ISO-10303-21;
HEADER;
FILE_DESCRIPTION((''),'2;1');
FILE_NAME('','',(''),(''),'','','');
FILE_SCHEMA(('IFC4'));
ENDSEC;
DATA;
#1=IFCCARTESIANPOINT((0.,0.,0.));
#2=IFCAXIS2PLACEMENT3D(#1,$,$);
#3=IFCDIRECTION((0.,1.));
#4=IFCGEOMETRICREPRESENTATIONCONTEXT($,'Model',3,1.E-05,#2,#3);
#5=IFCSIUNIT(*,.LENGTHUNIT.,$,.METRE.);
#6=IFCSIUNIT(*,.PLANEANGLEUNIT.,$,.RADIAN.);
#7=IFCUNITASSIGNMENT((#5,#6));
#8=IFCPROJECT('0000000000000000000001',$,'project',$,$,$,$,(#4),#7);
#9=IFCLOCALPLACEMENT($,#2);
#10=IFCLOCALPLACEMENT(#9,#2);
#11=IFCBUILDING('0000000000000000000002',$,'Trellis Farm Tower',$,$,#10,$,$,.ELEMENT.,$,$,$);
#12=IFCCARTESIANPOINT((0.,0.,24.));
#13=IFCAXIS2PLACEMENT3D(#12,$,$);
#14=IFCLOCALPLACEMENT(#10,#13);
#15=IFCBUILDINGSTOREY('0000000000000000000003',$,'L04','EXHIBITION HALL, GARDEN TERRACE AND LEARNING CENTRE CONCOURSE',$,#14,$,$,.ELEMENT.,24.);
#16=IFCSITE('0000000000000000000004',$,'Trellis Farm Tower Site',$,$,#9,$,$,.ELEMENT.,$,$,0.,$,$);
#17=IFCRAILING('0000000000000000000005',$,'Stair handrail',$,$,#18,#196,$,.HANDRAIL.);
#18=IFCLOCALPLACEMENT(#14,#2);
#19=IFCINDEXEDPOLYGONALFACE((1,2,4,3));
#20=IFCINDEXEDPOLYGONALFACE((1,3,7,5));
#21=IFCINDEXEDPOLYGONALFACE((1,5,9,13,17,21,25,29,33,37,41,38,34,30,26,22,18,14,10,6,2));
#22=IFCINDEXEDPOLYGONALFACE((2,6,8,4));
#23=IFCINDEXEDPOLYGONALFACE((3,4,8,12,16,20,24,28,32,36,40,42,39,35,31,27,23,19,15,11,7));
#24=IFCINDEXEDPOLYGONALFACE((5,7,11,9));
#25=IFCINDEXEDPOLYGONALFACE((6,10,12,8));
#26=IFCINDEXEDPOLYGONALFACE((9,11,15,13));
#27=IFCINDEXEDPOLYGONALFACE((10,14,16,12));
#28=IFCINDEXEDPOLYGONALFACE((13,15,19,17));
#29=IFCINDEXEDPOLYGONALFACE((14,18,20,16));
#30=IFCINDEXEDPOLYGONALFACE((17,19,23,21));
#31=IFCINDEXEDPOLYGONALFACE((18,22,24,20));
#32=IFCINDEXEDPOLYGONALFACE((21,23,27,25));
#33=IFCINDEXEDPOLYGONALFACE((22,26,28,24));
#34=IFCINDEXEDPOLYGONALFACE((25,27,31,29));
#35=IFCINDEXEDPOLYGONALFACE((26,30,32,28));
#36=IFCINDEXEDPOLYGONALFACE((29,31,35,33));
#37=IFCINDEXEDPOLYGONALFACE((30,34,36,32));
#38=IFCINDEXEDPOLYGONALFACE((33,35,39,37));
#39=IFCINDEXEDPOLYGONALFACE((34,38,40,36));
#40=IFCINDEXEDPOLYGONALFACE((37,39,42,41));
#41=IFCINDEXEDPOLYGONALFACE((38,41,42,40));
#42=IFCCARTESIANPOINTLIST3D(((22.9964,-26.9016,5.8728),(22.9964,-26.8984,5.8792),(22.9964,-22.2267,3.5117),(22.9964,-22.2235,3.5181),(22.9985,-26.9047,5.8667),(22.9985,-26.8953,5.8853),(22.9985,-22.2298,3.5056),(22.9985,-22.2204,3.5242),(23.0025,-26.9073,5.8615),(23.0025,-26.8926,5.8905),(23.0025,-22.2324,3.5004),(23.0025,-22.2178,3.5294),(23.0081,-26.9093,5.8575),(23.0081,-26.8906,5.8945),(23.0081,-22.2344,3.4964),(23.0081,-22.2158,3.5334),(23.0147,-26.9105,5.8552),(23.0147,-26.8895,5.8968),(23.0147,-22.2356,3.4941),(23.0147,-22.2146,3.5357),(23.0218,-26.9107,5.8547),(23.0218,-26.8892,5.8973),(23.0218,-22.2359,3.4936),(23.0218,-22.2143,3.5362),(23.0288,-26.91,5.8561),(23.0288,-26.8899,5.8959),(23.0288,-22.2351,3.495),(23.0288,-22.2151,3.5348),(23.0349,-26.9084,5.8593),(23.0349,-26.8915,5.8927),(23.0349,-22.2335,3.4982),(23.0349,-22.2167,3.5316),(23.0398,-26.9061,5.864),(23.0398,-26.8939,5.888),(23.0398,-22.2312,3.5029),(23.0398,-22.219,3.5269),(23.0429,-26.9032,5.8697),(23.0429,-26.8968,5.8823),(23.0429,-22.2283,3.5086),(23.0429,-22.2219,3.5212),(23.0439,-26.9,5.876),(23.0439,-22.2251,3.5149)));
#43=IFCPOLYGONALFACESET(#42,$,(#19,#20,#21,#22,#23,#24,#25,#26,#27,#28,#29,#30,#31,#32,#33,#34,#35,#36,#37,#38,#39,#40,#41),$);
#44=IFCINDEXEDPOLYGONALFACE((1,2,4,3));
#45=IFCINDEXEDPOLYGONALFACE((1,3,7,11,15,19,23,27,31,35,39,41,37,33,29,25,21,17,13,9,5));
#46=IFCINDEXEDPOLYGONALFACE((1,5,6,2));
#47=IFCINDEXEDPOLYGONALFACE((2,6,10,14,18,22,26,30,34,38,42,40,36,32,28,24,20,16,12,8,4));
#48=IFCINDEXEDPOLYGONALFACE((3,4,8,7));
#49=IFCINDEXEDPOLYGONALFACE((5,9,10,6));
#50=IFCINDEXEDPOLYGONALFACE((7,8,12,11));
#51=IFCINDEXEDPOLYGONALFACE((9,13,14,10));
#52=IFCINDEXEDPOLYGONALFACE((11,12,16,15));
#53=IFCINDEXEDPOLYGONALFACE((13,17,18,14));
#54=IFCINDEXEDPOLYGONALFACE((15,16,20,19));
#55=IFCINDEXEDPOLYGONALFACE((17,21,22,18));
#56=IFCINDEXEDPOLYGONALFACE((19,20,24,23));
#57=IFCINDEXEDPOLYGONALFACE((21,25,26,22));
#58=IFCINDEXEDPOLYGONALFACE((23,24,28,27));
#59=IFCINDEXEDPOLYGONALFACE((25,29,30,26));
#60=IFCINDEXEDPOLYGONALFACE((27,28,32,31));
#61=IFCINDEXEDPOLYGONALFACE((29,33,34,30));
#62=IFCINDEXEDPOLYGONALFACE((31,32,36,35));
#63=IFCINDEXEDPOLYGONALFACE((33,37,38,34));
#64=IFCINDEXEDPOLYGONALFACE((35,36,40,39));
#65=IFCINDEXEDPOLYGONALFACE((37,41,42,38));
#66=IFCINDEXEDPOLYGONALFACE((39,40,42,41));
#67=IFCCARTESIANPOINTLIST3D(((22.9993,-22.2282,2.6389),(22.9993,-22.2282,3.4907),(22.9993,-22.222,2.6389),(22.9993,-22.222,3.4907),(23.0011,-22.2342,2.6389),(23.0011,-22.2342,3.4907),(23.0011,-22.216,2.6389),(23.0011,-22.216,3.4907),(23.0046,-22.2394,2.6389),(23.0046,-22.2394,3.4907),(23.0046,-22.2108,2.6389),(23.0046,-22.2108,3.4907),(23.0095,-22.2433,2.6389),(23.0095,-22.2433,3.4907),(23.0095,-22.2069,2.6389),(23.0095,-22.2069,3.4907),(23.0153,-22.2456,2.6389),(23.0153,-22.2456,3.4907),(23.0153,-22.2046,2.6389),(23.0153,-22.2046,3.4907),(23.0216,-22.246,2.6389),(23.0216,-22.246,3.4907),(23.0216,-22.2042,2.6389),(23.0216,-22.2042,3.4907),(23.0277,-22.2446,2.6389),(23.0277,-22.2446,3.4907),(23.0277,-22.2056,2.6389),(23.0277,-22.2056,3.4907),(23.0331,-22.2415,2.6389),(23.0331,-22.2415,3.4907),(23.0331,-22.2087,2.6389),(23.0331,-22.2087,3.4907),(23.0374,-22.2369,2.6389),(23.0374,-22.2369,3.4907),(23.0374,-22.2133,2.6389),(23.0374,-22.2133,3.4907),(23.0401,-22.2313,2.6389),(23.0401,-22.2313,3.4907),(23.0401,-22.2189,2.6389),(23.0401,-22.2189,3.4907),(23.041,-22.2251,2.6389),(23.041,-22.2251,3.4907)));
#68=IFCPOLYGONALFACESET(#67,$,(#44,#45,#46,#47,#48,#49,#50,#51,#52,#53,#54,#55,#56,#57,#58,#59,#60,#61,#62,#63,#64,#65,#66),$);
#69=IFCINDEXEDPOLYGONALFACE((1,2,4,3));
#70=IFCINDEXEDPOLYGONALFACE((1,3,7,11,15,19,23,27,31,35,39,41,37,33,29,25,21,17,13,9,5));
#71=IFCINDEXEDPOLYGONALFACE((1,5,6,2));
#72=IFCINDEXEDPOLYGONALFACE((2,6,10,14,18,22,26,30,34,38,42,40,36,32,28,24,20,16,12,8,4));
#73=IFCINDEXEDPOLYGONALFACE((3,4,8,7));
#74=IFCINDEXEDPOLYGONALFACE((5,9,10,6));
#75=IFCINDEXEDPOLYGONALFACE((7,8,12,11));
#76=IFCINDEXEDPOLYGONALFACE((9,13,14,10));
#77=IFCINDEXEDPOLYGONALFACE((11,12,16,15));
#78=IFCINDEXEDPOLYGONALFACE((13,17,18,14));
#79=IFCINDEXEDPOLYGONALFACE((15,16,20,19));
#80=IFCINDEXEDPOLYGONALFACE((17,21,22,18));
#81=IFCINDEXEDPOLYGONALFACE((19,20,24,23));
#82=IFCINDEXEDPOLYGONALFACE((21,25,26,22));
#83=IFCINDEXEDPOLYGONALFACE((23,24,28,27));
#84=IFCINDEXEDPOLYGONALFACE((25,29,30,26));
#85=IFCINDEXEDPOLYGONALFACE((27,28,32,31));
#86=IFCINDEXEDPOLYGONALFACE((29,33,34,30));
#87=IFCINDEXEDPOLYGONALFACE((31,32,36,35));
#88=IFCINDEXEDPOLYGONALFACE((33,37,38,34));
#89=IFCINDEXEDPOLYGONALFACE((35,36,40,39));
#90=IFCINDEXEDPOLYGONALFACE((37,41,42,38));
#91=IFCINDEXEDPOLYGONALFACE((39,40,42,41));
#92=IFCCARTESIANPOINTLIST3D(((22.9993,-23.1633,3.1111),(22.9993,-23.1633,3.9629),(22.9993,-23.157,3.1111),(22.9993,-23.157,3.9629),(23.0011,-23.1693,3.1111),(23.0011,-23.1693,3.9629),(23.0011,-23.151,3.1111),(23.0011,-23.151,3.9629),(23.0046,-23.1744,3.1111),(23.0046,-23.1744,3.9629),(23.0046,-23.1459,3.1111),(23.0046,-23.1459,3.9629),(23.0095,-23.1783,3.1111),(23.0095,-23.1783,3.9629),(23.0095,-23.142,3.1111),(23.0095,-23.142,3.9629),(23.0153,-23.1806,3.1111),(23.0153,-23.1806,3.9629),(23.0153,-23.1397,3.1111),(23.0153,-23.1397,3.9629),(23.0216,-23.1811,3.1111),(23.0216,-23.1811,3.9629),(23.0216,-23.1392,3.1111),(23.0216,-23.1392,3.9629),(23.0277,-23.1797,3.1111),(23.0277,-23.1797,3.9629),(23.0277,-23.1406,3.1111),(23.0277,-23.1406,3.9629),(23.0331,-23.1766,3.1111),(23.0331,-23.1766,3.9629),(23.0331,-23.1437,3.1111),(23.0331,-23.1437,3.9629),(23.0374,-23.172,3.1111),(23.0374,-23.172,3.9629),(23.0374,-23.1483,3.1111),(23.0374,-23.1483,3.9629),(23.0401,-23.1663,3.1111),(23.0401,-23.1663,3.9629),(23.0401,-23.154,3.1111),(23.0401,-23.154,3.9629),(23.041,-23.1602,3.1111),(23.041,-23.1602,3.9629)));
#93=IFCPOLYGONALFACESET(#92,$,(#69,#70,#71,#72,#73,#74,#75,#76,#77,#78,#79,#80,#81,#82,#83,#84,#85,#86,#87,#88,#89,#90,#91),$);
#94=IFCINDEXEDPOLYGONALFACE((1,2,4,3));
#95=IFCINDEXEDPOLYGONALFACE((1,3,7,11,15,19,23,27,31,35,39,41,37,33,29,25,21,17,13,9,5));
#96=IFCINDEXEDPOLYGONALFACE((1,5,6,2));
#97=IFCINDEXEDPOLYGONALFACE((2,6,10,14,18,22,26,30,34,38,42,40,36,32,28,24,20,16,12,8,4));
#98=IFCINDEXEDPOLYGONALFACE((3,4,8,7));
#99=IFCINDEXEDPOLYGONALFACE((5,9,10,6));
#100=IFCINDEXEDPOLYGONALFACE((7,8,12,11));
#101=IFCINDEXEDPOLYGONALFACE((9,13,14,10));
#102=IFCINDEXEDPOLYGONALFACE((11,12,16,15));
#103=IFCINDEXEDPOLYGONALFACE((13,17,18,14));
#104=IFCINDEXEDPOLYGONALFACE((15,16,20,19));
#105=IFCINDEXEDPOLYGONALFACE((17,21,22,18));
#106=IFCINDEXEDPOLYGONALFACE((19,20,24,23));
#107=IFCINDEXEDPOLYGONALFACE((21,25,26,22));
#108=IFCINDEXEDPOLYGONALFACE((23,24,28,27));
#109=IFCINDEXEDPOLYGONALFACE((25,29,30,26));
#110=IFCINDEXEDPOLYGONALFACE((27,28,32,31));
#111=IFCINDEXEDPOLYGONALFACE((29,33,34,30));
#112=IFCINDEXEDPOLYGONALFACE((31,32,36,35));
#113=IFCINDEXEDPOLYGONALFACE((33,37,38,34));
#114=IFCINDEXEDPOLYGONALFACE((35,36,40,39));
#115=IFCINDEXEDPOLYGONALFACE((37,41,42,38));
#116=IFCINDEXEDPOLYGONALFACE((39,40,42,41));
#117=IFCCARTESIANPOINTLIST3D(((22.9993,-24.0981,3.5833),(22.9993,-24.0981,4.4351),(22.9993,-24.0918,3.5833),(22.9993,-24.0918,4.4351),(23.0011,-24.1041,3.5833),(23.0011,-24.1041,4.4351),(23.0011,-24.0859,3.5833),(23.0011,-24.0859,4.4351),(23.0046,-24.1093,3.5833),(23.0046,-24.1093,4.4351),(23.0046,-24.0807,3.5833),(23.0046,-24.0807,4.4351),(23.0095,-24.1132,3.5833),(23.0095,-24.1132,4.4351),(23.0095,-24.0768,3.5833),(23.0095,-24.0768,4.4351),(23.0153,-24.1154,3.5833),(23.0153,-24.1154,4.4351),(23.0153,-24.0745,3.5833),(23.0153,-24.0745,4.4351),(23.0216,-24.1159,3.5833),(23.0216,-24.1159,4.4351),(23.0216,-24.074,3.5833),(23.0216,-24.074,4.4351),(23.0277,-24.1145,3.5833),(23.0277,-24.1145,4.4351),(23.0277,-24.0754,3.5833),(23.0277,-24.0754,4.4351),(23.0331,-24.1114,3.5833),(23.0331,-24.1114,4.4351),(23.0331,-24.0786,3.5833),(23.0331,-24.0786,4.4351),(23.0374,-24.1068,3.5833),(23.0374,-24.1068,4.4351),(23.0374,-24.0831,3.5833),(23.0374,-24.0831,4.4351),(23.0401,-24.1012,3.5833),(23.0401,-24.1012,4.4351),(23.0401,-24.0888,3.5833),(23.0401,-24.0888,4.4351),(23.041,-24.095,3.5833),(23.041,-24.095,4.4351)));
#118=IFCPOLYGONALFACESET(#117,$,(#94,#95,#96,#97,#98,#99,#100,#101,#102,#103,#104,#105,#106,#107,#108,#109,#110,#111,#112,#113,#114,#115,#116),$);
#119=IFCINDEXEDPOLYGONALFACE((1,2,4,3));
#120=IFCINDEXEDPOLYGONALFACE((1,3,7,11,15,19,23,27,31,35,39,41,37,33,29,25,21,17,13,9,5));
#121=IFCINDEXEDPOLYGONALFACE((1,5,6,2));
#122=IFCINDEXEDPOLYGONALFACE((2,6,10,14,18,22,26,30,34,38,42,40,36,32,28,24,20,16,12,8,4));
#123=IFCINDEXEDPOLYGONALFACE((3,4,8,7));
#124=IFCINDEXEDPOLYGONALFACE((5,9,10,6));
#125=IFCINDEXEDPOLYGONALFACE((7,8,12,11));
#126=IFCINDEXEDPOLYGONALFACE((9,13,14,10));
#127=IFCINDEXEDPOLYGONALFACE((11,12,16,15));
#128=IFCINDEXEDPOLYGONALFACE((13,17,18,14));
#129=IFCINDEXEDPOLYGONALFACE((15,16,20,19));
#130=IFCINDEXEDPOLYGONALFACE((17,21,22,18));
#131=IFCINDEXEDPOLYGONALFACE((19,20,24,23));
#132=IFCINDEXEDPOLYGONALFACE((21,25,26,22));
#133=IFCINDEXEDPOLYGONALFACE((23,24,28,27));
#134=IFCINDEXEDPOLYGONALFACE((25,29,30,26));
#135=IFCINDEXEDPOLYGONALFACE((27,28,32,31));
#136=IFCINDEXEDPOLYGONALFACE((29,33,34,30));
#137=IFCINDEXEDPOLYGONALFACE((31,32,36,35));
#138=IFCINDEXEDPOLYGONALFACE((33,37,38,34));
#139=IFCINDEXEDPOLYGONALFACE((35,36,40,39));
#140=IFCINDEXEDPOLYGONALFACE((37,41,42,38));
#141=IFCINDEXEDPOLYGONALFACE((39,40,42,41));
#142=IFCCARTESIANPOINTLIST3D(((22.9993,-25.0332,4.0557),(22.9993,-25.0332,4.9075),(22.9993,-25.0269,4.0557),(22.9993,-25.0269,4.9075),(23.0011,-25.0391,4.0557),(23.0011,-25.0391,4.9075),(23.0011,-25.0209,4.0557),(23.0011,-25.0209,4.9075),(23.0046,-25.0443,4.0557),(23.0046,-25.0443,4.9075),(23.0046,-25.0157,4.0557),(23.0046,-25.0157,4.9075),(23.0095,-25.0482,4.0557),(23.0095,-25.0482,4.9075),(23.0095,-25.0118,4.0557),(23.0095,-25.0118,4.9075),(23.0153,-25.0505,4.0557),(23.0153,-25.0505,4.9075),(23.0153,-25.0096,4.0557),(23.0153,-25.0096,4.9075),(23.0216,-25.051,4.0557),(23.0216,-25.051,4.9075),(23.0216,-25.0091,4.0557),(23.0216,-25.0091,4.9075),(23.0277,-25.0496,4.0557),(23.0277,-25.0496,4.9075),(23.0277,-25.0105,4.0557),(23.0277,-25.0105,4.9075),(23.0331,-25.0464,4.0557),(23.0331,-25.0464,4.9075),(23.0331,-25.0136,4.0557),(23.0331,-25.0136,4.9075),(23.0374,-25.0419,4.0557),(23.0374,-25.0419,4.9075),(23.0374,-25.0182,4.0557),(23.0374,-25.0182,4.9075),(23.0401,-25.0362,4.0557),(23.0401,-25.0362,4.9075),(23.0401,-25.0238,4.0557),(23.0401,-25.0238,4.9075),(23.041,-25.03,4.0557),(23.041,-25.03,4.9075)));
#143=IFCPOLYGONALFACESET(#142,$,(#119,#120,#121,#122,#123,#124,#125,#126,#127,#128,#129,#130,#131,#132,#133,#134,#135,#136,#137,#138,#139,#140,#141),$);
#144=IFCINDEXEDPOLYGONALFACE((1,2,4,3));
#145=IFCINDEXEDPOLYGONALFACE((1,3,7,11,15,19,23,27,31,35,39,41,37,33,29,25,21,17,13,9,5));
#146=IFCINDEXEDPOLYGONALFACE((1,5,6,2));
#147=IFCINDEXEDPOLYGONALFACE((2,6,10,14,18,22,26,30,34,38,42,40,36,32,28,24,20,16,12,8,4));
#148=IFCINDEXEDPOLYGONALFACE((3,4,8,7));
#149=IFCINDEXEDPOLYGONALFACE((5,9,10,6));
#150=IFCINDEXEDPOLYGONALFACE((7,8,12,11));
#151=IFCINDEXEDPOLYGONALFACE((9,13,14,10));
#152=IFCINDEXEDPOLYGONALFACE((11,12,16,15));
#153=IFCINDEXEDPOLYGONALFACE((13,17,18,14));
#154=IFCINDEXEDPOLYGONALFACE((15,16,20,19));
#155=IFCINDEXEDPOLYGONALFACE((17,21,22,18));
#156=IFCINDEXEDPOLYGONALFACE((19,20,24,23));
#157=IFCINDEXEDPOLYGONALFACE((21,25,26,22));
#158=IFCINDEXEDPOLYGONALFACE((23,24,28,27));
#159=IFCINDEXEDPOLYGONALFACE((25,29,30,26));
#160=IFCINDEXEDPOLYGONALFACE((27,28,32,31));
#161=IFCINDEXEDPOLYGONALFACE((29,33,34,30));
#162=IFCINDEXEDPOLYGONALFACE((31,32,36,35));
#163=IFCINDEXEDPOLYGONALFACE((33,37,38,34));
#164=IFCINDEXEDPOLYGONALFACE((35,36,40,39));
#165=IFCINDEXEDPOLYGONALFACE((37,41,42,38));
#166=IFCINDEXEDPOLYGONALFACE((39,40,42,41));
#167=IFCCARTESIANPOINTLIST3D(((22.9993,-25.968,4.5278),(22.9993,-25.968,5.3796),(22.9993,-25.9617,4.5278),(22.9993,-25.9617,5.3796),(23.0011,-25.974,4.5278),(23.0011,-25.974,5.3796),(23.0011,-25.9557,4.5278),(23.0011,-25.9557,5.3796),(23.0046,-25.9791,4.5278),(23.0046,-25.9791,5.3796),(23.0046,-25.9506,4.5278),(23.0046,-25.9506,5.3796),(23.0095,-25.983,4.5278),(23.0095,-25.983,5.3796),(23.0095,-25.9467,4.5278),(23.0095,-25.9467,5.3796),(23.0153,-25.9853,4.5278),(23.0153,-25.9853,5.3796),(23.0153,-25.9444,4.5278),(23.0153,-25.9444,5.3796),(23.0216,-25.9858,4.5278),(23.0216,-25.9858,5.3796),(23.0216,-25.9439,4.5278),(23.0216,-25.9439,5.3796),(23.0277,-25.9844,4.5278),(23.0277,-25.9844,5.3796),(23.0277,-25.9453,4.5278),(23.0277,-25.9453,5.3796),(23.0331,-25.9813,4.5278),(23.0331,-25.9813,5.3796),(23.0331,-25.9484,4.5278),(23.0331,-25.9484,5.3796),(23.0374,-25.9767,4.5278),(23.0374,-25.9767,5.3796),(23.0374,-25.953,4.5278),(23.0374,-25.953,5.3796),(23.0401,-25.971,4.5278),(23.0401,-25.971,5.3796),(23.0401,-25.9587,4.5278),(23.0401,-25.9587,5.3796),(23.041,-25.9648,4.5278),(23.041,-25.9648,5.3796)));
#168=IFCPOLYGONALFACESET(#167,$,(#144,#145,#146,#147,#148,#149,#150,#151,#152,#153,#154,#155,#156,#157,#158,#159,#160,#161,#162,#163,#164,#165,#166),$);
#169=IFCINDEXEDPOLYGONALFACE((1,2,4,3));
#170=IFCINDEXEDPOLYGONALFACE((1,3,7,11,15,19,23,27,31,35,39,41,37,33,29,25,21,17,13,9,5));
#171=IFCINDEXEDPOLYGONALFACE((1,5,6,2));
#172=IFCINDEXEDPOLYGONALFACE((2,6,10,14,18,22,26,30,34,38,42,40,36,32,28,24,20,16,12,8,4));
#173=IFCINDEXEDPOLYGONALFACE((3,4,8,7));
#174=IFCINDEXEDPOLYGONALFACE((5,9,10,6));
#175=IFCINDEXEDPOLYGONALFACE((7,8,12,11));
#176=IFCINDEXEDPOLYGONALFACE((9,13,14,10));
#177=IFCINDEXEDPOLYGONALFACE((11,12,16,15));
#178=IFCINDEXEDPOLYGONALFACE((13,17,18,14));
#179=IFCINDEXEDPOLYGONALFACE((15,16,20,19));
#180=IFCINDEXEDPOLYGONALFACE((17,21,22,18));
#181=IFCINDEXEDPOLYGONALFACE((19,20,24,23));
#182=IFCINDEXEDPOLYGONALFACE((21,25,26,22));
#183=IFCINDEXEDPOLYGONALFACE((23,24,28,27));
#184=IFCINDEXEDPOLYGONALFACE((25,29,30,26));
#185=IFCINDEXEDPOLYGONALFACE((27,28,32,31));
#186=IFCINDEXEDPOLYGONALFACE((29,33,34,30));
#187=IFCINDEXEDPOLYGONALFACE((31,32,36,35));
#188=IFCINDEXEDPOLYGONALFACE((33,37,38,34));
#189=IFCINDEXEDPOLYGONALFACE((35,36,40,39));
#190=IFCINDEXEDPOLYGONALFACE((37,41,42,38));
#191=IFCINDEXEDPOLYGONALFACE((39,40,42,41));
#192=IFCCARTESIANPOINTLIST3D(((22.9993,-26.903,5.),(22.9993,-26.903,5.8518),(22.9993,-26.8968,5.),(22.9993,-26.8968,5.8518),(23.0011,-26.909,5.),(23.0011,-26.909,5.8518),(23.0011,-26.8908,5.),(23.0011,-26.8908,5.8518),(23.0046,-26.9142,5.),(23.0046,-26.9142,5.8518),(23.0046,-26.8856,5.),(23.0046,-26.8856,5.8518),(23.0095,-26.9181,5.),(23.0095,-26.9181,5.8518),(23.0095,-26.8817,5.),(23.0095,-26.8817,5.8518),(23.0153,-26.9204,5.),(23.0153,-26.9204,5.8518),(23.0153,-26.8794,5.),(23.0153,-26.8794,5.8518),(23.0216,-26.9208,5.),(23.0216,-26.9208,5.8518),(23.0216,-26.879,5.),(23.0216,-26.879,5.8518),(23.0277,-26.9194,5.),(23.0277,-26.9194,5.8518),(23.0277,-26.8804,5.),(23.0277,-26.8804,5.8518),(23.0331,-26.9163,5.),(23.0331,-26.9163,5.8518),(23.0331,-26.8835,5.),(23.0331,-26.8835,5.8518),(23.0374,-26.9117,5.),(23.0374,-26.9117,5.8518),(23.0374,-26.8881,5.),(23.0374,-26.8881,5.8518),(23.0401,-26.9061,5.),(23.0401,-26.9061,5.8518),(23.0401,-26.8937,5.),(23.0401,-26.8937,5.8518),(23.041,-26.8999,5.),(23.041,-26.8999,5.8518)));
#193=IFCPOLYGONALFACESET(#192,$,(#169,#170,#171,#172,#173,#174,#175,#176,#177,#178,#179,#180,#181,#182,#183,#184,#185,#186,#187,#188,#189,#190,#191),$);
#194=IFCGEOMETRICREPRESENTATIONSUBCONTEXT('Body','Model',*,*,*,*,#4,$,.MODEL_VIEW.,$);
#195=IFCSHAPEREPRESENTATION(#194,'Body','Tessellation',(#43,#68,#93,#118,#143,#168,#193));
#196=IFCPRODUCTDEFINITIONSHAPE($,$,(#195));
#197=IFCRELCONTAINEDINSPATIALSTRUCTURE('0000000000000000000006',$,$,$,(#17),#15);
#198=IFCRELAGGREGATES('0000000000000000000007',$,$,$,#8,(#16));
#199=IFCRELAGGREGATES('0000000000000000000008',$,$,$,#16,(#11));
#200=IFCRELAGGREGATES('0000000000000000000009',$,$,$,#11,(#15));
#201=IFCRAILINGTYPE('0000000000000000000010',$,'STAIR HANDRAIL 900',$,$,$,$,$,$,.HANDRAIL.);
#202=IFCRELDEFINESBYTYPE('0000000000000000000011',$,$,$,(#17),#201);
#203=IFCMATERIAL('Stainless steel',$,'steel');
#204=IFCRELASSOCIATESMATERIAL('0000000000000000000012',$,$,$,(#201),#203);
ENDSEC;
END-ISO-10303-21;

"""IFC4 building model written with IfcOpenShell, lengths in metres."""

from ifc_helpers import new_model, si_unit, direction, frame, origin, origin_2d, place, context, subcontext, project, spatial, circle, extrude, source, transform, mapped, material, type_object, element, save


model = new_model("IFC4")

# Units and contexts
model_context = context("Model", 3, precision=1e-05, world=origin(), true_north=direction((0.0, 1.0)))
body_context = subcontext(model_context, "Body", "Model", "MODEL_VIEW")
ifc_project = project(units=[si_unit("LENGTHUNIT", "METRE"), si_unit("PLANEANGLEUNIT", "RADIAN")], contexts=[model_context])

# Site, building, storey
site_placement = place(None, origin())
site = spatial("IfcSite", under=ifc_project, at=site_placement, Name="Trellis Farm Tower Site", CompositionType="ELEMENT", RefElevation=0.0)
building_placement = place(site_placement, origin())
building = spatial("IfcBuilding", under=site, at=building_placement, Name="Trellis Farm Tower", CompositionType="ELEMENT")
storey_placement = place(building_placement, frame((0.0, 0.0, 24.0)))
storey = spatial("IfcBuildingStorey", under=building, at=storey_placement, Name="L04", Description="EXHIBITION HALL, GARDEN TERRACE AND LEARNING CENTRE CONCOURSE", CompositionType="ELEMENT", Elevation=24.0)

# Railing
ifc_material_1 = material(Name="Stainless steel", Category="steel")
railing_type = type_object("IfcRailingType", Name="STAIR HANDRAIL 900", PredefinedType="HANDRAIL", material=ifc_material_1)
shared_shape_1 = source(origin(), body_context, "Body", "SweptSolid", [
    extrude(circle(Radius=0.0239, at=origin_2d()), frame((0.0, 0.0, 0.876), z_axis=(0.0, -0.892611, 0.450827), x_axis=(1.0, 0.0, 0.0)), (0.0, 0.0, 1.0), 5.2373),
    extrude(circle(Radius=0.021, at=origin_2d()), origin(), (0.0, 0.0, 1.0), 0.8518),
    extrude(circle(Radius=0.021, at=origin_2d()), frame((0.0, -0.9351, 0.4722)), (0.0, 0.0, 1.0), 0.8518),
    extrude(circle(Radius=0.021, at=origin_2d()), frame((0.0, -1.8699, 0.9443)), (0.0, 0.0, 1.0), 0.8518),
    extrude(circle(Radius=0.021, at=origin_2d()), frame((0.0, -2.8049, 1.4167)), (0.0, 0.0, 1.0), 0.8518),
    extrude(circle(Radius=0.021, at=origin_2d()), frame((0.0, -3.7397, 1.8889)), (0.0, 0.0, 1.0), 0.8518),
    extrude(circle(Radius=0.021, at=origin_2d()), frame((0.0, -4.6748, 2.3611)), (0.0, 0.0, 1.0), 0.8518),
])
railing_1_placement = place(storey_placement, frame((23.02, -22.2251, 2.6389)))
element("IfcRailing", 1, at=railing_1_placement, inside=storey, type_object=railing_type, Name="Stair handrail", PredefinedType="HANDRAIL", context=body_context, shape_type="MappedRepresentation", body=[
    mapped(shared_shape_1, transform((0.0, 0.0, 0.0))),
])

save(model, "model.ifc")
